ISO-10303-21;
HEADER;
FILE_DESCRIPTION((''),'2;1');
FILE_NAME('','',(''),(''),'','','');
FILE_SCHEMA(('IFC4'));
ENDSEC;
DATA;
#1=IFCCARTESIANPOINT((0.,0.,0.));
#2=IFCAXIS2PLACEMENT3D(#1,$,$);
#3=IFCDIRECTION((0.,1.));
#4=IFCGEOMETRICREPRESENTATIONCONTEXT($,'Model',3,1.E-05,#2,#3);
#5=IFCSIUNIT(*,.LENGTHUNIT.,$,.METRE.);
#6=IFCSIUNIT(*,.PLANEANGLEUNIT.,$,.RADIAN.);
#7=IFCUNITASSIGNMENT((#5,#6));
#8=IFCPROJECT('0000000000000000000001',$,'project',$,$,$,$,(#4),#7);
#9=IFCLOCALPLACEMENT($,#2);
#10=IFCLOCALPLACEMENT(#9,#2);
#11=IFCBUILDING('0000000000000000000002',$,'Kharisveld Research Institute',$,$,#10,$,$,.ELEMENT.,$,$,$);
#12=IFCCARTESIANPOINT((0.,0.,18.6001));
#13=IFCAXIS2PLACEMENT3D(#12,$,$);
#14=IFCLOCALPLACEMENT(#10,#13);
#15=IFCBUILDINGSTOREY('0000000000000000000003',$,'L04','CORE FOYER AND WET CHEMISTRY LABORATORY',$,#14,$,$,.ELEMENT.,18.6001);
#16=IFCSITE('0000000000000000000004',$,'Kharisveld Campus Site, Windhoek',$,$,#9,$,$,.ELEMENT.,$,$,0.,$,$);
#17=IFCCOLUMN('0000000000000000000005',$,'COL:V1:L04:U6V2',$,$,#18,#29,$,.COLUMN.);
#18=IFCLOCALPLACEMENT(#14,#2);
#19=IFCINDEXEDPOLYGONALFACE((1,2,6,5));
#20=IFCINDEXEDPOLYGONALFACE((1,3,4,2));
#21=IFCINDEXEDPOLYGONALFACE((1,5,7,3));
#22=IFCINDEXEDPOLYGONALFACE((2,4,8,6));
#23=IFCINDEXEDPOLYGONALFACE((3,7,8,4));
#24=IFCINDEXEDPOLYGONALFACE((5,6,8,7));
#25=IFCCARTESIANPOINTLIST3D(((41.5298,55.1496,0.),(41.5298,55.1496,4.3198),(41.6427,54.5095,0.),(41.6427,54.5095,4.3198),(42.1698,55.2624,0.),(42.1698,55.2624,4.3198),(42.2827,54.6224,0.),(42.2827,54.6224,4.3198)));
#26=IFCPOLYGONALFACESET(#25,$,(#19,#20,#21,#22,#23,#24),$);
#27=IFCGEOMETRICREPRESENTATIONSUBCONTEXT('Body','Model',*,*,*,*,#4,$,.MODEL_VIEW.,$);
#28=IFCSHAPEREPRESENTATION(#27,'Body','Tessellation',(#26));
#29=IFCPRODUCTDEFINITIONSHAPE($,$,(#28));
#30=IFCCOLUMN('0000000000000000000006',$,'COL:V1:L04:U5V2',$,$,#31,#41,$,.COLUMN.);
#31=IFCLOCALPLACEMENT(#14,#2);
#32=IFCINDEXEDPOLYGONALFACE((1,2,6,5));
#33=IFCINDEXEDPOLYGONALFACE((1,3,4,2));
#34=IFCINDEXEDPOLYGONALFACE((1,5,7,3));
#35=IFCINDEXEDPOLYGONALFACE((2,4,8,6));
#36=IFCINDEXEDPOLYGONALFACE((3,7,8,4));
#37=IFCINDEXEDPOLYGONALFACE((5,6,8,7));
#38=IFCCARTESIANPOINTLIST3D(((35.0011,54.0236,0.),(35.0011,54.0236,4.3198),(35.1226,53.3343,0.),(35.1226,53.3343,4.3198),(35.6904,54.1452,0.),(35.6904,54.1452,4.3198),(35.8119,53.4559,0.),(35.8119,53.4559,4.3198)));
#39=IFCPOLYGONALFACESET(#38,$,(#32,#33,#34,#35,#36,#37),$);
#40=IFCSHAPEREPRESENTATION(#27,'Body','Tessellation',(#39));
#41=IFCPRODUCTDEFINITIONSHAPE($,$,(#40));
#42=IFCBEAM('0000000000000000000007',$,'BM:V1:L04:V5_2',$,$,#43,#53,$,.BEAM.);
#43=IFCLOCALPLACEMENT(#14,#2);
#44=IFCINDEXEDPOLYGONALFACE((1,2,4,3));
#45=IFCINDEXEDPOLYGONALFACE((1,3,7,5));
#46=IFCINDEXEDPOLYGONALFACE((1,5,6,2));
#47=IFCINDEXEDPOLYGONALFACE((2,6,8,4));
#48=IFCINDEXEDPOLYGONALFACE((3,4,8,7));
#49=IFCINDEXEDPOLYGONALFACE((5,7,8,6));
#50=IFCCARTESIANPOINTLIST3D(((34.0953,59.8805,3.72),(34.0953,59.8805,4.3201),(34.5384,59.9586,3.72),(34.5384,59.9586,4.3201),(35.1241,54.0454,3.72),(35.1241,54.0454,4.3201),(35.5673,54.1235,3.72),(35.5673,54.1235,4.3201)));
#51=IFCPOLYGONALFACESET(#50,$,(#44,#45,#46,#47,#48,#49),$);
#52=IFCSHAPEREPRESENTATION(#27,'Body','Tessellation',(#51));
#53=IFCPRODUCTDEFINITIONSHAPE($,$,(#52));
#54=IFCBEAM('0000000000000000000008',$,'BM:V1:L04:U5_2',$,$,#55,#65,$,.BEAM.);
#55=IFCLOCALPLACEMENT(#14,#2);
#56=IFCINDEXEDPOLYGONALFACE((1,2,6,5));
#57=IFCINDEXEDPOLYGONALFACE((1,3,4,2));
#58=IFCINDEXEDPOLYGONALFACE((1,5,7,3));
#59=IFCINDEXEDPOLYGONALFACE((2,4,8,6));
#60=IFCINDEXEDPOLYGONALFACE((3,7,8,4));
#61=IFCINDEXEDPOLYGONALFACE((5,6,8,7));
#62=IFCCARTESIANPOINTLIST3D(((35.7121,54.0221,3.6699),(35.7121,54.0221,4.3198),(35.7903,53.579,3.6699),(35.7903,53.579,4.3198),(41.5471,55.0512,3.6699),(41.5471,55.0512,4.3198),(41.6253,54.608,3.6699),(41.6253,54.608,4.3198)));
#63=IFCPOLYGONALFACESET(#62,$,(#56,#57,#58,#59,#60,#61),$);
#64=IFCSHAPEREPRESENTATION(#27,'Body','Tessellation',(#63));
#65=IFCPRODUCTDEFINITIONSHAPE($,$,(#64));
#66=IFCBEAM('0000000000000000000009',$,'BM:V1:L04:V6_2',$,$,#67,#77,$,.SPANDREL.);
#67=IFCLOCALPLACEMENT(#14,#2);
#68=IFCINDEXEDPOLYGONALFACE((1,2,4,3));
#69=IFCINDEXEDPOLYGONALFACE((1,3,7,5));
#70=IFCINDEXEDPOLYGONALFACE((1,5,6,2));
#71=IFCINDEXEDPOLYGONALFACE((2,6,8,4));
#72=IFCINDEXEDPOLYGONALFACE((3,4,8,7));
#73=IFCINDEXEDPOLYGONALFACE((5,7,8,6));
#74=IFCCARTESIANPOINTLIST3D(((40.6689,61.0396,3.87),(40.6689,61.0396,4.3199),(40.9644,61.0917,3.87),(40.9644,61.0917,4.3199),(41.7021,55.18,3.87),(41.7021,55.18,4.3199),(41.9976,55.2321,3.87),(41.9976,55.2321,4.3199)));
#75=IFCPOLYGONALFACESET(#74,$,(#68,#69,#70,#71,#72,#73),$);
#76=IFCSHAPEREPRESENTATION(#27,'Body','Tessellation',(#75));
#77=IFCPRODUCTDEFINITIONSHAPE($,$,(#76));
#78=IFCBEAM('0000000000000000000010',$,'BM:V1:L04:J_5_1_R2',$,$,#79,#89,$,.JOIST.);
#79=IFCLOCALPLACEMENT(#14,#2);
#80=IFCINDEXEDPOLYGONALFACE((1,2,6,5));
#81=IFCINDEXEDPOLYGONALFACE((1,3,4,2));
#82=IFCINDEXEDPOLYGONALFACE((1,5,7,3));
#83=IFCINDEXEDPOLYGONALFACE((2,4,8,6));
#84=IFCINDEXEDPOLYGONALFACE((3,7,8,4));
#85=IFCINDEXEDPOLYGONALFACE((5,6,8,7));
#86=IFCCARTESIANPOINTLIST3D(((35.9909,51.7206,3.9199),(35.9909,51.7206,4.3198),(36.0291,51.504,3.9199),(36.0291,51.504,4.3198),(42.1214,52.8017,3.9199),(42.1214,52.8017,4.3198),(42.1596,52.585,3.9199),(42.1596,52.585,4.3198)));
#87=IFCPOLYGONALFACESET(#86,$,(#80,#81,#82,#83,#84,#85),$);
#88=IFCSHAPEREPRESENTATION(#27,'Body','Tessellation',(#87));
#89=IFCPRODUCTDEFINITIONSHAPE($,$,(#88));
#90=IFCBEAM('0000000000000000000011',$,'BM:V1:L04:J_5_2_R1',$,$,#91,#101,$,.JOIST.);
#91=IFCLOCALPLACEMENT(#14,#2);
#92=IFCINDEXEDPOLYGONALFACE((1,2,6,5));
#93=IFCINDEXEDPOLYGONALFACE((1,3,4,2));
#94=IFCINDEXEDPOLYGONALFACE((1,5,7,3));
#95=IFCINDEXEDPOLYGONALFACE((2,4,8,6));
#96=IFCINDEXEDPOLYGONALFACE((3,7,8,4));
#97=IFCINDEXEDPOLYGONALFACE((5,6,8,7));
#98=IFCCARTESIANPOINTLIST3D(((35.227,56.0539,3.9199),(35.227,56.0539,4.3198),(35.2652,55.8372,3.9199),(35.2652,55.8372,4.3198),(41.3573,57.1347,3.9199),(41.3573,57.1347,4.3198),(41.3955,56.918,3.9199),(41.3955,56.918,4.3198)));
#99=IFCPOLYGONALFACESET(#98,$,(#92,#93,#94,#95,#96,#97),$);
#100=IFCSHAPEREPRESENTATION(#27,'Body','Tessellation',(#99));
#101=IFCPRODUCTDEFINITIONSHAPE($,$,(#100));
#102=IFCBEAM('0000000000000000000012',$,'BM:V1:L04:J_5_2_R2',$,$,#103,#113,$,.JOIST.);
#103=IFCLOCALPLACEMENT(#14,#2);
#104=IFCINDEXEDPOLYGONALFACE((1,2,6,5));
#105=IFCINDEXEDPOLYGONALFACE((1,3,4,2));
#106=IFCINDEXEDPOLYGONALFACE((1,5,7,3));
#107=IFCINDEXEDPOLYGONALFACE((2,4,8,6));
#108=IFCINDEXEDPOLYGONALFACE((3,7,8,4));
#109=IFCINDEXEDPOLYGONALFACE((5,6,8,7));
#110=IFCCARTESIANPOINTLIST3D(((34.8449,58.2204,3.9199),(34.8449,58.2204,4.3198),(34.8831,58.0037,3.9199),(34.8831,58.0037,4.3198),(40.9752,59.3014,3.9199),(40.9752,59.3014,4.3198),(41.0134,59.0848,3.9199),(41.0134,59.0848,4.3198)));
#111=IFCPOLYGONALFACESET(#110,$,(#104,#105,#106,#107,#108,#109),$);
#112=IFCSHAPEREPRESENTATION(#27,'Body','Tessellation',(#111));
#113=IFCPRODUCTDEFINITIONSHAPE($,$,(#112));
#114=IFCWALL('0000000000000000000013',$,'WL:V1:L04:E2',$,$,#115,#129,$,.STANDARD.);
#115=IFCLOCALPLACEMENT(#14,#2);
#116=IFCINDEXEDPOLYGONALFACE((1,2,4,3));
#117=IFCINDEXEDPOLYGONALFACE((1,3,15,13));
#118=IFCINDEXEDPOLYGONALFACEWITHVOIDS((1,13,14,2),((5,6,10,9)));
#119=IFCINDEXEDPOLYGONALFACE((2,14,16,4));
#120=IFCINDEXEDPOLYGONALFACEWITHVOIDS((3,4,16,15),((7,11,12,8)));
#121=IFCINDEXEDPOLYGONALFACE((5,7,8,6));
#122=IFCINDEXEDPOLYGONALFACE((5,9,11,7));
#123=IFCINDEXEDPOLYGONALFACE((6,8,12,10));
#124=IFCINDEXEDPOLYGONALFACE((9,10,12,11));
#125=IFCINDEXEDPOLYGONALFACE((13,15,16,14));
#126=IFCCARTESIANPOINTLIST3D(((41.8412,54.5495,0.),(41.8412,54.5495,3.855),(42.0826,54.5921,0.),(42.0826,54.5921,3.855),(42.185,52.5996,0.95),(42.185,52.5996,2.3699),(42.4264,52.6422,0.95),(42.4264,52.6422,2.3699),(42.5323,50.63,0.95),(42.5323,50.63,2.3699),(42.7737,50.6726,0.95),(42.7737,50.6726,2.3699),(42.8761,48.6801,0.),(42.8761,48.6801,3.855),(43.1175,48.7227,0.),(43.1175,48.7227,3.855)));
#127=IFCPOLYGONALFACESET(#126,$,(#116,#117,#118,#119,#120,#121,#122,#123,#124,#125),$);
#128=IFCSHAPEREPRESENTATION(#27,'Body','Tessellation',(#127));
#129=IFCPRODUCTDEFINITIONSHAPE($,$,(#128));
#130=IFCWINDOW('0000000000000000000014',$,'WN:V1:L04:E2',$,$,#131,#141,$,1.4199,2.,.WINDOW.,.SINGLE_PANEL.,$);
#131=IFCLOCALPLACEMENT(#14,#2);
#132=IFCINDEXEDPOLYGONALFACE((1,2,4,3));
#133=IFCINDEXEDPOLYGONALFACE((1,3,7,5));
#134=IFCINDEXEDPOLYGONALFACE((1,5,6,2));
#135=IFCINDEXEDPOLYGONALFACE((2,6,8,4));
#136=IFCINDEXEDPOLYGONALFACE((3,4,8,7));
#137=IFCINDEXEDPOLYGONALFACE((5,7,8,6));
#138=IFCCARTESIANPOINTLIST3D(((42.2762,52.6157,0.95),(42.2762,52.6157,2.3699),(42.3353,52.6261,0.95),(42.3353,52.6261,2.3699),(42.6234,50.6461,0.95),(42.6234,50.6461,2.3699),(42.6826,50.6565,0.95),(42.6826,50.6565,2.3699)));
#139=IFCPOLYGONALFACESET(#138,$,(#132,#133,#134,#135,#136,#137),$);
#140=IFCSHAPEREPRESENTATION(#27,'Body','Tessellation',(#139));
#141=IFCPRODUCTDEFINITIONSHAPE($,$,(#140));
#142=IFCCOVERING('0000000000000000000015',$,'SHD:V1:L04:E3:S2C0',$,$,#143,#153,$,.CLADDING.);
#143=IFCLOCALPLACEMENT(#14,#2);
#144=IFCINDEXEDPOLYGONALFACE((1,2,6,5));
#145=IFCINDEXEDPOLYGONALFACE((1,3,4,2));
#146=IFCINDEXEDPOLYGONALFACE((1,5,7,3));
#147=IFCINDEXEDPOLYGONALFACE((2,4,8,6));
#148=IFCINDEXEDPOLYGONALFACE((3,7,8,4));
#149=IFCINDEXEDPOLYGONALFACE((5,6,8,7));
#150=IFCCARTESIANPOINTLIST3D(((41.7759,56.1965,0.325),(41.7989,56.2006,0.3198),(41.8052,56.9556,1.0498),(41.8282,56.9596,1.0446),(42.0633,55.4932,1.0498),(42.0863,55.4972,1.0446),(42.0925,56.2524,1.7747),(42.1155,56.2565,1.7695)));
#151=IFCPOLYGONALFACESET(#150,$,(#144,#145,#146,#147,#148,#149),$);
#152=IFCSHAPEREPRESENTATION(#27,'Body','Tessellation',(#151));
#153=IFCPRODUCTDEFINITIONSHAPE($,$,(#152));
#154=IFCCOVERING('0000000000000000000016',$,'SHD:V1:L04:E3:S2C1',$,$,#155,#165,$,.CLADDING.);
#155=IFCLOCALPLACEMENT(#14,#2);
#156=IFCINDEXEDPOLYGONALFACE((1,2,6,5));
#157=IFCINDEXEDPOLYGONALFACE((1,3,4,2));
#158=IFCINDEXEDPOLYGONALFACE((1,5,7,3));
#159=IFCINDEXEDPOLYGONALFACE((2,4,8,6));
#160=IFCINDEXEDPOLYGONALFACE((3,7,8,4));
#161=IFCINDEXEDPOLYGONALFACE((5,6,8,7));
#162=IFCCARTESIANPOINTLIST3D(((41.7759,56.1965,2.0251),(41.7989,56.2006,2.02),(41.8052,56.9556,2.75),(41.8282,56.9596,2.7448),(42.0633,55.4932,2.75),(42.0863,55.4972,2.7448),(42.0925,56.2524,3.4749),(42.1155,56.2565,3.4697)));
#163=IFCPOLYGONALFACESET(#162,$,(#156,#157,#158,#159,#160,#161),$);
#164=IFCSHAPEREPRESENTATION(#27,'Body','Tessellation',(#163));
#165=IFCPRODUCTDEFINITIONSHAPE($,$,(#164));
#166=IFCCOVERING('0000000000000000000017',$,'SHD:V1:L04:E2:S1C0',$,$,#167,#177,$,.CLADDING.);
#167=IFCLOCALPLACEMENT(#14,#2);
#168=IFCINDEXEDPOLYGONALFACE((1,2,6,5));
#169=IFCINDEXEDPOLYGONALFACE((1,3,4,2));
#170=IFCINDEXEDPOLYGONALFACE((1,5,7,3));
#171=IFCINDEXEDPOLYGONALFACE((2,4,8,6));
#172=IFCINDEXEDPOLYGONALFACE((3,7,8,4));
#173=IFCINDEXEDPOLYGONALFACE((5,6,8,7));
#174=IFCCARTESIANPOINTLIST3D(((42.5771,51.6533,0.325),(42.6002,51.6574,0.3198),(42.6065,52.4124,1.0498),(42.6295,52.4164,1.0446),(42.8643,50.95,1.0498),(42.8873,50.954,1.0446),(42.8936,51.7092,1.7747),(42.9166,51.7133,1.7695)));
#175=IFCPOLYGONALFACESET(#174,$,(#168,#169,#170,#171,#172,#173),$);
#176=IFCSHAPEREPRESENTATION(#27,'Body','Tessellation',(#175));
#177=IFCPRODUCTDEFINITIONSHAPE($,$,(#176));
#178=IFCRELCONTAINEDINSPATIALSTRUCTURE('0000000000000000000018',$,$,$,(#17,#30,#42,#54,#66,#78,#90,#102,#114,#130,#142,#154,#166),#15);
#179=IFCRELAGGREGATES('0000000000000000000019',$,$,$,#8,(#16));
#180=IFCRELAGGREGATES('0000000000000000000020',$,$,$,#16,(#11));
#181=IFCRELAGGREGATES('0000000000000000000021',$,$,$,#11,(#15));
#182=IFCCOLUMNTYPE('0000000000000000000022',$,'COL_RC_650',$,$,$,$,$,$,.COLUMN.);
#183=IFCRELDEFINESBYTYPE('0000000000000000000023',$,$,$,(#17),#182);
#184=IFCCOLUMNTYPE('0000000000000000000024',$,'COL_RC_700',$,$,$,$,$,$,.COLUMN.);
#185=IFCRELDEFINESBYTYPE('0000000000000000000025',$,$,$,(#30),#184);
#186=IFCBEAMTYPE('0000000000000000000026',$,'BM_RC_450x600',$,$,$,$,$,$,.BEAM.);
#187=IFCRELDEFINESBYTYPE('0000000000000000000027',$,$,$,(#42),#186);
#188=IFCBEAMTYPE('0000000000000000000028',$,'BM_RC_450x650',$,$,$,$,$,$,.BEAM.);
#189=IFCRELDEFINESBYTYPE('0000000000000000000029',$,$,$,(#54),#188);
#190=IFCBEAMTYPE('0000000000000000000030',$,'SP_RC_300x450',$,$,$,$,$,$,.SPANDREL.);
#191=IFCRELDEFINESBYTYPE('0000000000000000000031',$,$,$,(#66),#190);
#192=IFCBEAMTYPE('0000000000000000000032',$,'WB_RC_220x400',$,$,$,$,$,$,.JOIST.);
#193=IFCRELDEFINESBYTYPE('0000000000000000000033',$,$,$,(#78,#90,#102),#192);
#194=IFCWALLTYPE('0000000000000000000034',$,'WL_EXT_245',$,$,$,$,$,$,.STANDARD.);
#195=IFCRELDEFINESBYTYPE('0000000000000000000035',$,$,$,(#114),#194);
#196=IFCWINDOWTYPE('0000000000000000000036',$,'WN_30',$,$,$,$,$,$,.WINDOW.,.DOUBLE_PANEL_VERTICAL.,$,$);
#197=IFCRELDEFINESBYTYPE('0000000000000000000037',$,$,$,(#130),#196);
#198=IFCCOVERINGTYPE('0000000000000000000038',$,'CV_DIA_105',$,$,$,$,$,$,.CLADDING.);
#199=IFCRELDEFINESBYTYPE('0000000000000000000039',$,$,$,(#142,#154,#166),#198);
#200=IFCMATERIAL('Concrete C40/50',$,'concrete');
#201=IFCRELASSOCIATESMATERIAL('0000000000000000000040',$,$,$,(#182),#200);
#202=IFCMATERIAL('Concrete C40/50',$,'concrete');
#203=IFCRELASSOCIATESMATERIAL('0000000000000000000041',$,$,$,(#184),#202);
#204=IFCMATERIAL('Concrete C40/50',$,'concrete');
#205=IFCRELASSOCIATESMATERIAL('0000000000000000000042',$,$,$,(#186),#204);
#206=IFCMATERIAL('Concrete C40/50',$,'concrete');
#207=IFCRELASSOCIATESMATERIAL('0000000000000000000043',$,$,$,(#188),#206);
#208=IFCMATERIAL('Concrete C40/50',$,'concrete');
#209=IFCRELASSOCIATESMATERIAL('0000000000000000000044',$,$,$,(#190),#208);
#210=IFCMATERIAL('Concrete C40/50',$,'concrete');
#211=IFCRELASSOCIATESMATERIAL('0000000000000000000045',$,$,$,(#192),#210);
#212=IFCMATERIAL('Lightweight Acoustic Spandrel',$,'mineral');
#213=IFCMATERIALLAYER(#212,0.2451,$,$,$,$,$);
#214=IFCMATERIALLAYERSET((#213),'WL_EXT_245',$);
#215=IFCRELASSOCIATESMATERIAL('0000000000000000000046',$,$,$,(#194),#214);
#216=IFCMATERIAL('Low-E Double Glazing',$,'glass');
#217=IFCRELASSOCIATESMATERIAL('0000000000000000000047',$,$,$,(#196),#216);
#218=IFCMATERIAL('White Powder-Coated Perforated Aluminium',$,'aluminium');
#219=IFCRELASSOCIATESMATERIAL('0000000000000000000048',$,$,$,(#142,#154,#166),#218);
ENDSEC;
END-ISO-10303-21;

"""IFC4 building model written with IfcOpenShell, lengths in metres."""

from ifc_helpers import new_model, si_unit, direction, frame, frame_2d, origin, origin_2d, place, context, subcontext, project, spatial, polyline, rectangle, outline, extrude, material, layer, layer_set, material_profile, profile_set, type_object, element, fill, save


model = new_model("IFC4")

# Units and contexts
model_context = context("Model", 3, precision=1e-05, world=origin(), true_north=direction((0.0, 1.0)))
body_context = subcontext(model_context, "Body", "Model", "MODEL_VIEW")
ifc_project = project(units=[si_unit("LENGTHUNIT", "METRE"), si_unit("PLANEANGLEUNIT", "RADIAN")], contexts=[model_context])

# Site, building, storey
site_placement = place(None, origin())
site = spatial("IfcSite", under=ifc_project, at=site_placement, Name="Kharisveld Campus Site, Windhoek", CompositionType="ELEMENT", RefElevation=0.0)
building_placement = place(site_placement, origin())
building = spatial("IfcBuilding", under=site, at=building_placement, Name="Kharisveld Research Institute", CompositionType="ELEMENT")
storey_placement = place(building_placement, frame((0.0, 0.0, 18.6001)))
storey = spatial("IfcBuildingStorey", under=building, at=storey_placement, Name="L04", Description="CORE FOYER AND WET CHEMISTRY LABORATORY", CompositionType="ELEMENT", Elevation=18.6001)

# Columns
ifc_material_1 = material(Name="Concrete C40/50", Category="concrete")
ifc_material_profile_1 = material_profile(ifc_material_1, rectangle(XDim=0.6499, YDim=0.6499, at=origin_2d()))
ifc_profile_set_1 = profile_set([ifc_material_profile_1], Name="Concrete C40/50")
column_type_1 = type_object("IfcColumnType", Name="COL_RC_650", PredefinedType="COLUMN", material=ifc_profile_set_1)
column_1_placement = place(storey_placement, frame((41.9062, 54.886, 0.0), z_axis=(0.0, 0.0, 1.0), x_axis=(0.984808, 0.173648, 0.0)))
element("IfcColumn", 1, at=column_1_placement, inside=storey, type_object=column_type_1, Name="COL:V1:L04:U6V2", PredefinedType="COLUMN", context=body_context, shape_type="SweptSolid", body=[
    extrude(rectangle(XDim=0.6499, YDim=0.6499, at=origin_2d()), origin(), (0.0, 0.0, 1.0), 4.3198),
])
ifc_material_2 = material(Name="Concrete C40/50", Category="concrete")
ifc_material_profile_2 = material_profile(ifc_material_2, rectangle(XDim=0.7, YDim=0.7, at=origin_2d()))
ifc_profile_set_2 = profile_set([ifc_material_profile_2], Name="Concrete C40/50")
column_type_2 = type_object("IfcColumnType", Name="COL_RC_700", PredefinedType="COLUMN", material=ifc_profile_set_2)
column_2_placement = place(storey_placement, frame((35.4065, 53.7397, 0.0), z_axis=(0.0, 0.0, 1.0), x_axis=(0.984808, 0.173648, 0.0)))
element("IfcColumn", 2, at=column_2_placement, inside=storey, type_object=column_type_2, Name="COL:V1:L04:U5V2", PredefinedType="COLUMN", context=body_context, shape_type="SweptSolid", body=[
    extrude(rectangle(XDim=0.7, YDim=0.7, at=origin_2d()), origin(), (0.0, 0.0, 1.0), 4.3198),
])

# Beams
ifc_material_3 = material(Name="Concrete C40/50", Category="concrete")
ifc_material_profile_3 = material_profile(ifc_material_3, rectangle(XDim=0.45, YDim=0.6001, at=origin_2d()))
ifc_profile_set_3 = profile_set([ifc_material_profile_3], Name="Concrete C40/50")
beam_type_1 = type_object("IfcBeamType", Name="BM_RC_450x600", PredefinedType="BEAM", material=ifc_profile_set_3)
beam_1_placement = place(storey_placement, frame((35.3457, 54.0845, 4.02), z_axis=(-0.17364, 0.984809, 0.0), x_axis=(-0.984809, -0.17364, 0.0)))
element("IfcBeam", 3, at=beam_1_placement, inside=storey, type_object=beam_type_1, Name="BM:V1:L04:V5_2", PredefinedType="BEAM", context=body_context, shape_type="SweptSolid", body=[
    extrude(rectangle(XDim=0.45, YDim=0.6001, at=origin_2d()), origin(), (0.0, 0.0, 1.0), 5.925),
])
ifc_material_4 = material(Name="Concrete C40/50", Category="concrete")
ifc_material_profile_4 = material_profile(ifc_material_4, rectangle(XDim=0.45, YDim=0.6499, at=origin_2d()))
ifc_profile_set_4 = profile_set([ifc_material_profile_4], Name="Concrete C40/50")
beam_type_2 = type_object("IfcBeamType", Name="BM_RC_450x650", PredefinedType="BEAM", material=ifc_profile_set_4)
beam_2_placement = place(storey_placement, frame((35.7512, 53.8005, 3.9949), z_axis=(0.984802, 0.17368, 0.0), x_axis=(-0.17368, 0.984802, 0.0)))
element("IfcBeam", 4, at=beam_2_placement, inside=storey, type_object=beam_type_2, Name="BM:V1:L04:U5_2", PredefinedType="BEAM", context=body_context, shape_type="SweptSolid", body=[
    extrude(rectangle(XDim=0.45, YDim=0.6499, at=origin_2d()), origin(), (0.0, 0.0, 1.0), 5.925),
])
ifc_material_5 = material(Name="Concrete C40/50", Category="concrete")
ifc_material_profile_5 = material_profile(ifc_material_5, rectangle(XDim=0.3, YDim=0.45, at=origin_2d()))
ifc_profile_set_5 = profile_set([ifc_material_profile_5], Name="Concrete C40/50")
beam_type_3 = type_object("IfcBeamType", Name="SP_RC_300x450", PredefinedType="SPANDREL", material=ifc_profile_set_5)
beam_3_placement = place(storey_placement, frame((41.8499, 55.2061, 4.095), z_axis=(-0.173647, 0.984808, 0.0), x_axis=(-0.984808, -0.173647, 0.0)))
element("IfcBeam", 5, at=beam_3_placement, inside=storey, type_object=beam_type_3, Name="BM:V1:L04:V6_2", PredefinedType="SPANDREL", context=body_context, shape_type="SweptSolid", body=[
    extrude(rectangle(XDim=0.3, YDim=0.45, at=origin_2d()), origin(), (0.0, 0.0, 1.0), 5.95),
])
ifc_material_6 = material(Name="Concrete C40/50", Category="concrete")
ifc_material_profile_6 = material_profile(ifc_material_6, rectangle(XDim=0.22, YDim=0.3999, at=origin_2d()))
ifc_profile_set_6 = profile_set([ifc_material_profile_6], Name="Concrete C40/50")
beam_type_4 = type_object("IfcBeamType", Name="WB_RC_220x400", PredefinedType="JOIST", material=ifc_profile_set_6)
beam_4_placement = place(storey_placement, frame((36.01, 51.6123, 4.1199), z_axis=(0.984806, 0.173658, 0.0), x_axis=(-0.173658, 0.984806, 0.0)))
element("IfcBeam", 6, at=beam_4_placement, inside=storey, type_object=beam_type_4, Name="BM:V1:L04:J_5_1_R2", PredefinedType="JOIST", context=body_context, shape_type="SweptSolid", body=[
    extrude(rectangle(XDim=0.22, YDim=0.3999, at=origin_2d()), origin(), (0.0, 0.0, 1.0), 6.2251),
])
for number, where, z_axis, x_axis, name in (
    (7, (35.2461, 55.9456, 4.1199), (0.984812, 0.173626, 0.0), (-0.173626, 0.984812, 0.0), "BM:V1:L04:J_5_2_R1"),
    (8, (34.864, 58.1121, 4.1199), (0.984805, 0.173665, 0.0), (-0.173665, 0.984805, 0.0), "BM:V1:L04:J_5_2_R2"),
):
    element("IfcBeam", number, at=place(storey_placement, frame(where, z_axis=z_axis, x_axis=x_axis)), inside=storey, type_object=beam_type_4, Name=name, PredefinedType="JOIST", context=body_context, shape_type="SweptSolid", body=[
        extrude(rectangle(XDim=0.22, YDim=0.3999, at=origin_2d()), origin(), (0.0, 0.0, 1.0), 6.2249),
    ])

# Wall, opening, window
ifc_material_7 = material(Name="Lightweight Acoustic Spandrel", Category="mineral")
ifc_layer = layer(ifc_material_7, 0.2451)
ifc_layer_set = layer_set([ifc_layer], Name="WL_EXT_245")
wall_type = type_object("IfcWallType", Name="WL_EXT_245", PredefinedType="STANDARD", material=ifc_layer_set)
wall_placement = place(storey_placement, frame((41.9619, 54.5708, 0.0), z_axis=(0.0, 0.0, 1.0), x_axis=(0.173645, -0.984808, 0.0)))
wall = element("IfcWall", 9, at=wall_placement, inside=storey, type_object=wall_type, Name="WL:V1:L04:E2", PredefinedType="STANDARD", context=body_context, shape_type="SweptSolid", body=[
    extrude(rectangle(XDim=5.96, YDim=0.2451, at=frame_2d((2.98, 0.0))), origin(), (0.0, 0.0, 1.0), 3.855),
])
opening_placement = place(wall_placement, frame((1.98, 0.0, 0.95)))
opening = element("IfcOpeningElement", 10, at=opening_placement, cuts=wall, PredefinedType="OPENING", context=body_context, shape_type="SweptSolid", body=[
    extrude(rectangle(XDim=2.0, YDim=1.4199, at=frame_2d((1.0, 0.71))), frame((0.0, 0.1226, 0.0), z_axis=(0.0, -1.0, 0.0), x_axis=(1.0, 0.0, 0.0)), (0.0, 0.0, 1.0), 0.2451),
])
ifc_material_8 = material(Name="Low-E Double Glazing", Category="glass")
window_type = type_object("IfcWindowType", Name="WN_30", PartitioningType="DOUBLE_PANEL_VERTICAL", PredefinedType="WINDOW", material=ifc_material_8)
window_placement = place(opening_placement, origin())
window = element("IfcWindow", 11, at=window_placement, inside=storey, type_object=window_type, Name="WN:V1:L04:E2", OverallHeight=1.4199, OverallWidth=2.0, PartitioningType="SINGLE_PANEL", PredefinedType="WINDOW", context=body_context, shape_type="SweptSolid", body=[
    extrude(rectangle(XDim=2.0, YDim=1.4199, at=frame_2d((1.0, 0.71))), frame((0.0, 0.03, 0.0), z_axis=(0.0, -1.0, 0.0), x_axis=(1.0, 0.0, 0.0)), (0.0, 0.0, 1.0), 0.0601),
])
fill(opening, window)

# Coverings
ifc_material_9 = material(Name="White Powder-Coated Perforated Aluminium", Category="aluminium")
covering_type = type_object("IfcCoveringType", Name="CV_DIA_105", PredefinedType="CLADDING")
for number, where, z_axis, x_axis, name in (
    (12, (41.7759, 56.1965, 0.325), (-0.96142, -0.169653, 0.21654), (0.273663, -0.669807, 0.690266), "SHD:V1:L04:E3:S2C0"),
    (13, (41.7759, 56.1965, 2.0251), (-0.96142, -0.169653, 0.21654), (0.273663, -0.669807, 0.690266), "SHD:V1:L04:E3:S2C1"),
):
    element("IfcCovering", number, at=place(storey_placement, frame(where, z_axis=z_axis, x_axis=x_axis)), inside=storey, type_object=covering_type, material=ifc_material_9, Name=name, PredefinedType="CLADDING", context=body_context, shape_type="SweptSolid", body=[
        extrude(outline(polyline([(0.0, 0.0), (1.0501, 0.0), (1.0499, 1.0501), (0.0, 1.05), (0.0, 0.0)])), origin(), (0.0, 0.0, -1.0), 0.0239),
    ])
for number, where, z_axis, x_axis, name in (
    (14, (42.5771, 51.6533, 0.325), (-0.961481, -0.169503, 0.216385), (0.273447, -0.66985, 0.69031), "SHD:V1:L04:E2:S1C0"),
):
    element("IfcCovering", number, at=place(storey_placement, frame(where, z_axis=z_axis, x_axis=x_axis)), inside=storey, type_object=covering_type, material=ifc_material_9, Name=name, PredefinedType="CLADDING", context=body_context, shape_type="SweptSolid", body=[
        extrude(outline(polyline([(0.0, 0.0), (1.05, 0.0), (1.0498, 1.0501), (-0.0001, 1.05), (0.0, 0.0)])), origin(), (0.0, 0.0, -1.0), 0.0239),
    ])

save(model, "model.ifc")
